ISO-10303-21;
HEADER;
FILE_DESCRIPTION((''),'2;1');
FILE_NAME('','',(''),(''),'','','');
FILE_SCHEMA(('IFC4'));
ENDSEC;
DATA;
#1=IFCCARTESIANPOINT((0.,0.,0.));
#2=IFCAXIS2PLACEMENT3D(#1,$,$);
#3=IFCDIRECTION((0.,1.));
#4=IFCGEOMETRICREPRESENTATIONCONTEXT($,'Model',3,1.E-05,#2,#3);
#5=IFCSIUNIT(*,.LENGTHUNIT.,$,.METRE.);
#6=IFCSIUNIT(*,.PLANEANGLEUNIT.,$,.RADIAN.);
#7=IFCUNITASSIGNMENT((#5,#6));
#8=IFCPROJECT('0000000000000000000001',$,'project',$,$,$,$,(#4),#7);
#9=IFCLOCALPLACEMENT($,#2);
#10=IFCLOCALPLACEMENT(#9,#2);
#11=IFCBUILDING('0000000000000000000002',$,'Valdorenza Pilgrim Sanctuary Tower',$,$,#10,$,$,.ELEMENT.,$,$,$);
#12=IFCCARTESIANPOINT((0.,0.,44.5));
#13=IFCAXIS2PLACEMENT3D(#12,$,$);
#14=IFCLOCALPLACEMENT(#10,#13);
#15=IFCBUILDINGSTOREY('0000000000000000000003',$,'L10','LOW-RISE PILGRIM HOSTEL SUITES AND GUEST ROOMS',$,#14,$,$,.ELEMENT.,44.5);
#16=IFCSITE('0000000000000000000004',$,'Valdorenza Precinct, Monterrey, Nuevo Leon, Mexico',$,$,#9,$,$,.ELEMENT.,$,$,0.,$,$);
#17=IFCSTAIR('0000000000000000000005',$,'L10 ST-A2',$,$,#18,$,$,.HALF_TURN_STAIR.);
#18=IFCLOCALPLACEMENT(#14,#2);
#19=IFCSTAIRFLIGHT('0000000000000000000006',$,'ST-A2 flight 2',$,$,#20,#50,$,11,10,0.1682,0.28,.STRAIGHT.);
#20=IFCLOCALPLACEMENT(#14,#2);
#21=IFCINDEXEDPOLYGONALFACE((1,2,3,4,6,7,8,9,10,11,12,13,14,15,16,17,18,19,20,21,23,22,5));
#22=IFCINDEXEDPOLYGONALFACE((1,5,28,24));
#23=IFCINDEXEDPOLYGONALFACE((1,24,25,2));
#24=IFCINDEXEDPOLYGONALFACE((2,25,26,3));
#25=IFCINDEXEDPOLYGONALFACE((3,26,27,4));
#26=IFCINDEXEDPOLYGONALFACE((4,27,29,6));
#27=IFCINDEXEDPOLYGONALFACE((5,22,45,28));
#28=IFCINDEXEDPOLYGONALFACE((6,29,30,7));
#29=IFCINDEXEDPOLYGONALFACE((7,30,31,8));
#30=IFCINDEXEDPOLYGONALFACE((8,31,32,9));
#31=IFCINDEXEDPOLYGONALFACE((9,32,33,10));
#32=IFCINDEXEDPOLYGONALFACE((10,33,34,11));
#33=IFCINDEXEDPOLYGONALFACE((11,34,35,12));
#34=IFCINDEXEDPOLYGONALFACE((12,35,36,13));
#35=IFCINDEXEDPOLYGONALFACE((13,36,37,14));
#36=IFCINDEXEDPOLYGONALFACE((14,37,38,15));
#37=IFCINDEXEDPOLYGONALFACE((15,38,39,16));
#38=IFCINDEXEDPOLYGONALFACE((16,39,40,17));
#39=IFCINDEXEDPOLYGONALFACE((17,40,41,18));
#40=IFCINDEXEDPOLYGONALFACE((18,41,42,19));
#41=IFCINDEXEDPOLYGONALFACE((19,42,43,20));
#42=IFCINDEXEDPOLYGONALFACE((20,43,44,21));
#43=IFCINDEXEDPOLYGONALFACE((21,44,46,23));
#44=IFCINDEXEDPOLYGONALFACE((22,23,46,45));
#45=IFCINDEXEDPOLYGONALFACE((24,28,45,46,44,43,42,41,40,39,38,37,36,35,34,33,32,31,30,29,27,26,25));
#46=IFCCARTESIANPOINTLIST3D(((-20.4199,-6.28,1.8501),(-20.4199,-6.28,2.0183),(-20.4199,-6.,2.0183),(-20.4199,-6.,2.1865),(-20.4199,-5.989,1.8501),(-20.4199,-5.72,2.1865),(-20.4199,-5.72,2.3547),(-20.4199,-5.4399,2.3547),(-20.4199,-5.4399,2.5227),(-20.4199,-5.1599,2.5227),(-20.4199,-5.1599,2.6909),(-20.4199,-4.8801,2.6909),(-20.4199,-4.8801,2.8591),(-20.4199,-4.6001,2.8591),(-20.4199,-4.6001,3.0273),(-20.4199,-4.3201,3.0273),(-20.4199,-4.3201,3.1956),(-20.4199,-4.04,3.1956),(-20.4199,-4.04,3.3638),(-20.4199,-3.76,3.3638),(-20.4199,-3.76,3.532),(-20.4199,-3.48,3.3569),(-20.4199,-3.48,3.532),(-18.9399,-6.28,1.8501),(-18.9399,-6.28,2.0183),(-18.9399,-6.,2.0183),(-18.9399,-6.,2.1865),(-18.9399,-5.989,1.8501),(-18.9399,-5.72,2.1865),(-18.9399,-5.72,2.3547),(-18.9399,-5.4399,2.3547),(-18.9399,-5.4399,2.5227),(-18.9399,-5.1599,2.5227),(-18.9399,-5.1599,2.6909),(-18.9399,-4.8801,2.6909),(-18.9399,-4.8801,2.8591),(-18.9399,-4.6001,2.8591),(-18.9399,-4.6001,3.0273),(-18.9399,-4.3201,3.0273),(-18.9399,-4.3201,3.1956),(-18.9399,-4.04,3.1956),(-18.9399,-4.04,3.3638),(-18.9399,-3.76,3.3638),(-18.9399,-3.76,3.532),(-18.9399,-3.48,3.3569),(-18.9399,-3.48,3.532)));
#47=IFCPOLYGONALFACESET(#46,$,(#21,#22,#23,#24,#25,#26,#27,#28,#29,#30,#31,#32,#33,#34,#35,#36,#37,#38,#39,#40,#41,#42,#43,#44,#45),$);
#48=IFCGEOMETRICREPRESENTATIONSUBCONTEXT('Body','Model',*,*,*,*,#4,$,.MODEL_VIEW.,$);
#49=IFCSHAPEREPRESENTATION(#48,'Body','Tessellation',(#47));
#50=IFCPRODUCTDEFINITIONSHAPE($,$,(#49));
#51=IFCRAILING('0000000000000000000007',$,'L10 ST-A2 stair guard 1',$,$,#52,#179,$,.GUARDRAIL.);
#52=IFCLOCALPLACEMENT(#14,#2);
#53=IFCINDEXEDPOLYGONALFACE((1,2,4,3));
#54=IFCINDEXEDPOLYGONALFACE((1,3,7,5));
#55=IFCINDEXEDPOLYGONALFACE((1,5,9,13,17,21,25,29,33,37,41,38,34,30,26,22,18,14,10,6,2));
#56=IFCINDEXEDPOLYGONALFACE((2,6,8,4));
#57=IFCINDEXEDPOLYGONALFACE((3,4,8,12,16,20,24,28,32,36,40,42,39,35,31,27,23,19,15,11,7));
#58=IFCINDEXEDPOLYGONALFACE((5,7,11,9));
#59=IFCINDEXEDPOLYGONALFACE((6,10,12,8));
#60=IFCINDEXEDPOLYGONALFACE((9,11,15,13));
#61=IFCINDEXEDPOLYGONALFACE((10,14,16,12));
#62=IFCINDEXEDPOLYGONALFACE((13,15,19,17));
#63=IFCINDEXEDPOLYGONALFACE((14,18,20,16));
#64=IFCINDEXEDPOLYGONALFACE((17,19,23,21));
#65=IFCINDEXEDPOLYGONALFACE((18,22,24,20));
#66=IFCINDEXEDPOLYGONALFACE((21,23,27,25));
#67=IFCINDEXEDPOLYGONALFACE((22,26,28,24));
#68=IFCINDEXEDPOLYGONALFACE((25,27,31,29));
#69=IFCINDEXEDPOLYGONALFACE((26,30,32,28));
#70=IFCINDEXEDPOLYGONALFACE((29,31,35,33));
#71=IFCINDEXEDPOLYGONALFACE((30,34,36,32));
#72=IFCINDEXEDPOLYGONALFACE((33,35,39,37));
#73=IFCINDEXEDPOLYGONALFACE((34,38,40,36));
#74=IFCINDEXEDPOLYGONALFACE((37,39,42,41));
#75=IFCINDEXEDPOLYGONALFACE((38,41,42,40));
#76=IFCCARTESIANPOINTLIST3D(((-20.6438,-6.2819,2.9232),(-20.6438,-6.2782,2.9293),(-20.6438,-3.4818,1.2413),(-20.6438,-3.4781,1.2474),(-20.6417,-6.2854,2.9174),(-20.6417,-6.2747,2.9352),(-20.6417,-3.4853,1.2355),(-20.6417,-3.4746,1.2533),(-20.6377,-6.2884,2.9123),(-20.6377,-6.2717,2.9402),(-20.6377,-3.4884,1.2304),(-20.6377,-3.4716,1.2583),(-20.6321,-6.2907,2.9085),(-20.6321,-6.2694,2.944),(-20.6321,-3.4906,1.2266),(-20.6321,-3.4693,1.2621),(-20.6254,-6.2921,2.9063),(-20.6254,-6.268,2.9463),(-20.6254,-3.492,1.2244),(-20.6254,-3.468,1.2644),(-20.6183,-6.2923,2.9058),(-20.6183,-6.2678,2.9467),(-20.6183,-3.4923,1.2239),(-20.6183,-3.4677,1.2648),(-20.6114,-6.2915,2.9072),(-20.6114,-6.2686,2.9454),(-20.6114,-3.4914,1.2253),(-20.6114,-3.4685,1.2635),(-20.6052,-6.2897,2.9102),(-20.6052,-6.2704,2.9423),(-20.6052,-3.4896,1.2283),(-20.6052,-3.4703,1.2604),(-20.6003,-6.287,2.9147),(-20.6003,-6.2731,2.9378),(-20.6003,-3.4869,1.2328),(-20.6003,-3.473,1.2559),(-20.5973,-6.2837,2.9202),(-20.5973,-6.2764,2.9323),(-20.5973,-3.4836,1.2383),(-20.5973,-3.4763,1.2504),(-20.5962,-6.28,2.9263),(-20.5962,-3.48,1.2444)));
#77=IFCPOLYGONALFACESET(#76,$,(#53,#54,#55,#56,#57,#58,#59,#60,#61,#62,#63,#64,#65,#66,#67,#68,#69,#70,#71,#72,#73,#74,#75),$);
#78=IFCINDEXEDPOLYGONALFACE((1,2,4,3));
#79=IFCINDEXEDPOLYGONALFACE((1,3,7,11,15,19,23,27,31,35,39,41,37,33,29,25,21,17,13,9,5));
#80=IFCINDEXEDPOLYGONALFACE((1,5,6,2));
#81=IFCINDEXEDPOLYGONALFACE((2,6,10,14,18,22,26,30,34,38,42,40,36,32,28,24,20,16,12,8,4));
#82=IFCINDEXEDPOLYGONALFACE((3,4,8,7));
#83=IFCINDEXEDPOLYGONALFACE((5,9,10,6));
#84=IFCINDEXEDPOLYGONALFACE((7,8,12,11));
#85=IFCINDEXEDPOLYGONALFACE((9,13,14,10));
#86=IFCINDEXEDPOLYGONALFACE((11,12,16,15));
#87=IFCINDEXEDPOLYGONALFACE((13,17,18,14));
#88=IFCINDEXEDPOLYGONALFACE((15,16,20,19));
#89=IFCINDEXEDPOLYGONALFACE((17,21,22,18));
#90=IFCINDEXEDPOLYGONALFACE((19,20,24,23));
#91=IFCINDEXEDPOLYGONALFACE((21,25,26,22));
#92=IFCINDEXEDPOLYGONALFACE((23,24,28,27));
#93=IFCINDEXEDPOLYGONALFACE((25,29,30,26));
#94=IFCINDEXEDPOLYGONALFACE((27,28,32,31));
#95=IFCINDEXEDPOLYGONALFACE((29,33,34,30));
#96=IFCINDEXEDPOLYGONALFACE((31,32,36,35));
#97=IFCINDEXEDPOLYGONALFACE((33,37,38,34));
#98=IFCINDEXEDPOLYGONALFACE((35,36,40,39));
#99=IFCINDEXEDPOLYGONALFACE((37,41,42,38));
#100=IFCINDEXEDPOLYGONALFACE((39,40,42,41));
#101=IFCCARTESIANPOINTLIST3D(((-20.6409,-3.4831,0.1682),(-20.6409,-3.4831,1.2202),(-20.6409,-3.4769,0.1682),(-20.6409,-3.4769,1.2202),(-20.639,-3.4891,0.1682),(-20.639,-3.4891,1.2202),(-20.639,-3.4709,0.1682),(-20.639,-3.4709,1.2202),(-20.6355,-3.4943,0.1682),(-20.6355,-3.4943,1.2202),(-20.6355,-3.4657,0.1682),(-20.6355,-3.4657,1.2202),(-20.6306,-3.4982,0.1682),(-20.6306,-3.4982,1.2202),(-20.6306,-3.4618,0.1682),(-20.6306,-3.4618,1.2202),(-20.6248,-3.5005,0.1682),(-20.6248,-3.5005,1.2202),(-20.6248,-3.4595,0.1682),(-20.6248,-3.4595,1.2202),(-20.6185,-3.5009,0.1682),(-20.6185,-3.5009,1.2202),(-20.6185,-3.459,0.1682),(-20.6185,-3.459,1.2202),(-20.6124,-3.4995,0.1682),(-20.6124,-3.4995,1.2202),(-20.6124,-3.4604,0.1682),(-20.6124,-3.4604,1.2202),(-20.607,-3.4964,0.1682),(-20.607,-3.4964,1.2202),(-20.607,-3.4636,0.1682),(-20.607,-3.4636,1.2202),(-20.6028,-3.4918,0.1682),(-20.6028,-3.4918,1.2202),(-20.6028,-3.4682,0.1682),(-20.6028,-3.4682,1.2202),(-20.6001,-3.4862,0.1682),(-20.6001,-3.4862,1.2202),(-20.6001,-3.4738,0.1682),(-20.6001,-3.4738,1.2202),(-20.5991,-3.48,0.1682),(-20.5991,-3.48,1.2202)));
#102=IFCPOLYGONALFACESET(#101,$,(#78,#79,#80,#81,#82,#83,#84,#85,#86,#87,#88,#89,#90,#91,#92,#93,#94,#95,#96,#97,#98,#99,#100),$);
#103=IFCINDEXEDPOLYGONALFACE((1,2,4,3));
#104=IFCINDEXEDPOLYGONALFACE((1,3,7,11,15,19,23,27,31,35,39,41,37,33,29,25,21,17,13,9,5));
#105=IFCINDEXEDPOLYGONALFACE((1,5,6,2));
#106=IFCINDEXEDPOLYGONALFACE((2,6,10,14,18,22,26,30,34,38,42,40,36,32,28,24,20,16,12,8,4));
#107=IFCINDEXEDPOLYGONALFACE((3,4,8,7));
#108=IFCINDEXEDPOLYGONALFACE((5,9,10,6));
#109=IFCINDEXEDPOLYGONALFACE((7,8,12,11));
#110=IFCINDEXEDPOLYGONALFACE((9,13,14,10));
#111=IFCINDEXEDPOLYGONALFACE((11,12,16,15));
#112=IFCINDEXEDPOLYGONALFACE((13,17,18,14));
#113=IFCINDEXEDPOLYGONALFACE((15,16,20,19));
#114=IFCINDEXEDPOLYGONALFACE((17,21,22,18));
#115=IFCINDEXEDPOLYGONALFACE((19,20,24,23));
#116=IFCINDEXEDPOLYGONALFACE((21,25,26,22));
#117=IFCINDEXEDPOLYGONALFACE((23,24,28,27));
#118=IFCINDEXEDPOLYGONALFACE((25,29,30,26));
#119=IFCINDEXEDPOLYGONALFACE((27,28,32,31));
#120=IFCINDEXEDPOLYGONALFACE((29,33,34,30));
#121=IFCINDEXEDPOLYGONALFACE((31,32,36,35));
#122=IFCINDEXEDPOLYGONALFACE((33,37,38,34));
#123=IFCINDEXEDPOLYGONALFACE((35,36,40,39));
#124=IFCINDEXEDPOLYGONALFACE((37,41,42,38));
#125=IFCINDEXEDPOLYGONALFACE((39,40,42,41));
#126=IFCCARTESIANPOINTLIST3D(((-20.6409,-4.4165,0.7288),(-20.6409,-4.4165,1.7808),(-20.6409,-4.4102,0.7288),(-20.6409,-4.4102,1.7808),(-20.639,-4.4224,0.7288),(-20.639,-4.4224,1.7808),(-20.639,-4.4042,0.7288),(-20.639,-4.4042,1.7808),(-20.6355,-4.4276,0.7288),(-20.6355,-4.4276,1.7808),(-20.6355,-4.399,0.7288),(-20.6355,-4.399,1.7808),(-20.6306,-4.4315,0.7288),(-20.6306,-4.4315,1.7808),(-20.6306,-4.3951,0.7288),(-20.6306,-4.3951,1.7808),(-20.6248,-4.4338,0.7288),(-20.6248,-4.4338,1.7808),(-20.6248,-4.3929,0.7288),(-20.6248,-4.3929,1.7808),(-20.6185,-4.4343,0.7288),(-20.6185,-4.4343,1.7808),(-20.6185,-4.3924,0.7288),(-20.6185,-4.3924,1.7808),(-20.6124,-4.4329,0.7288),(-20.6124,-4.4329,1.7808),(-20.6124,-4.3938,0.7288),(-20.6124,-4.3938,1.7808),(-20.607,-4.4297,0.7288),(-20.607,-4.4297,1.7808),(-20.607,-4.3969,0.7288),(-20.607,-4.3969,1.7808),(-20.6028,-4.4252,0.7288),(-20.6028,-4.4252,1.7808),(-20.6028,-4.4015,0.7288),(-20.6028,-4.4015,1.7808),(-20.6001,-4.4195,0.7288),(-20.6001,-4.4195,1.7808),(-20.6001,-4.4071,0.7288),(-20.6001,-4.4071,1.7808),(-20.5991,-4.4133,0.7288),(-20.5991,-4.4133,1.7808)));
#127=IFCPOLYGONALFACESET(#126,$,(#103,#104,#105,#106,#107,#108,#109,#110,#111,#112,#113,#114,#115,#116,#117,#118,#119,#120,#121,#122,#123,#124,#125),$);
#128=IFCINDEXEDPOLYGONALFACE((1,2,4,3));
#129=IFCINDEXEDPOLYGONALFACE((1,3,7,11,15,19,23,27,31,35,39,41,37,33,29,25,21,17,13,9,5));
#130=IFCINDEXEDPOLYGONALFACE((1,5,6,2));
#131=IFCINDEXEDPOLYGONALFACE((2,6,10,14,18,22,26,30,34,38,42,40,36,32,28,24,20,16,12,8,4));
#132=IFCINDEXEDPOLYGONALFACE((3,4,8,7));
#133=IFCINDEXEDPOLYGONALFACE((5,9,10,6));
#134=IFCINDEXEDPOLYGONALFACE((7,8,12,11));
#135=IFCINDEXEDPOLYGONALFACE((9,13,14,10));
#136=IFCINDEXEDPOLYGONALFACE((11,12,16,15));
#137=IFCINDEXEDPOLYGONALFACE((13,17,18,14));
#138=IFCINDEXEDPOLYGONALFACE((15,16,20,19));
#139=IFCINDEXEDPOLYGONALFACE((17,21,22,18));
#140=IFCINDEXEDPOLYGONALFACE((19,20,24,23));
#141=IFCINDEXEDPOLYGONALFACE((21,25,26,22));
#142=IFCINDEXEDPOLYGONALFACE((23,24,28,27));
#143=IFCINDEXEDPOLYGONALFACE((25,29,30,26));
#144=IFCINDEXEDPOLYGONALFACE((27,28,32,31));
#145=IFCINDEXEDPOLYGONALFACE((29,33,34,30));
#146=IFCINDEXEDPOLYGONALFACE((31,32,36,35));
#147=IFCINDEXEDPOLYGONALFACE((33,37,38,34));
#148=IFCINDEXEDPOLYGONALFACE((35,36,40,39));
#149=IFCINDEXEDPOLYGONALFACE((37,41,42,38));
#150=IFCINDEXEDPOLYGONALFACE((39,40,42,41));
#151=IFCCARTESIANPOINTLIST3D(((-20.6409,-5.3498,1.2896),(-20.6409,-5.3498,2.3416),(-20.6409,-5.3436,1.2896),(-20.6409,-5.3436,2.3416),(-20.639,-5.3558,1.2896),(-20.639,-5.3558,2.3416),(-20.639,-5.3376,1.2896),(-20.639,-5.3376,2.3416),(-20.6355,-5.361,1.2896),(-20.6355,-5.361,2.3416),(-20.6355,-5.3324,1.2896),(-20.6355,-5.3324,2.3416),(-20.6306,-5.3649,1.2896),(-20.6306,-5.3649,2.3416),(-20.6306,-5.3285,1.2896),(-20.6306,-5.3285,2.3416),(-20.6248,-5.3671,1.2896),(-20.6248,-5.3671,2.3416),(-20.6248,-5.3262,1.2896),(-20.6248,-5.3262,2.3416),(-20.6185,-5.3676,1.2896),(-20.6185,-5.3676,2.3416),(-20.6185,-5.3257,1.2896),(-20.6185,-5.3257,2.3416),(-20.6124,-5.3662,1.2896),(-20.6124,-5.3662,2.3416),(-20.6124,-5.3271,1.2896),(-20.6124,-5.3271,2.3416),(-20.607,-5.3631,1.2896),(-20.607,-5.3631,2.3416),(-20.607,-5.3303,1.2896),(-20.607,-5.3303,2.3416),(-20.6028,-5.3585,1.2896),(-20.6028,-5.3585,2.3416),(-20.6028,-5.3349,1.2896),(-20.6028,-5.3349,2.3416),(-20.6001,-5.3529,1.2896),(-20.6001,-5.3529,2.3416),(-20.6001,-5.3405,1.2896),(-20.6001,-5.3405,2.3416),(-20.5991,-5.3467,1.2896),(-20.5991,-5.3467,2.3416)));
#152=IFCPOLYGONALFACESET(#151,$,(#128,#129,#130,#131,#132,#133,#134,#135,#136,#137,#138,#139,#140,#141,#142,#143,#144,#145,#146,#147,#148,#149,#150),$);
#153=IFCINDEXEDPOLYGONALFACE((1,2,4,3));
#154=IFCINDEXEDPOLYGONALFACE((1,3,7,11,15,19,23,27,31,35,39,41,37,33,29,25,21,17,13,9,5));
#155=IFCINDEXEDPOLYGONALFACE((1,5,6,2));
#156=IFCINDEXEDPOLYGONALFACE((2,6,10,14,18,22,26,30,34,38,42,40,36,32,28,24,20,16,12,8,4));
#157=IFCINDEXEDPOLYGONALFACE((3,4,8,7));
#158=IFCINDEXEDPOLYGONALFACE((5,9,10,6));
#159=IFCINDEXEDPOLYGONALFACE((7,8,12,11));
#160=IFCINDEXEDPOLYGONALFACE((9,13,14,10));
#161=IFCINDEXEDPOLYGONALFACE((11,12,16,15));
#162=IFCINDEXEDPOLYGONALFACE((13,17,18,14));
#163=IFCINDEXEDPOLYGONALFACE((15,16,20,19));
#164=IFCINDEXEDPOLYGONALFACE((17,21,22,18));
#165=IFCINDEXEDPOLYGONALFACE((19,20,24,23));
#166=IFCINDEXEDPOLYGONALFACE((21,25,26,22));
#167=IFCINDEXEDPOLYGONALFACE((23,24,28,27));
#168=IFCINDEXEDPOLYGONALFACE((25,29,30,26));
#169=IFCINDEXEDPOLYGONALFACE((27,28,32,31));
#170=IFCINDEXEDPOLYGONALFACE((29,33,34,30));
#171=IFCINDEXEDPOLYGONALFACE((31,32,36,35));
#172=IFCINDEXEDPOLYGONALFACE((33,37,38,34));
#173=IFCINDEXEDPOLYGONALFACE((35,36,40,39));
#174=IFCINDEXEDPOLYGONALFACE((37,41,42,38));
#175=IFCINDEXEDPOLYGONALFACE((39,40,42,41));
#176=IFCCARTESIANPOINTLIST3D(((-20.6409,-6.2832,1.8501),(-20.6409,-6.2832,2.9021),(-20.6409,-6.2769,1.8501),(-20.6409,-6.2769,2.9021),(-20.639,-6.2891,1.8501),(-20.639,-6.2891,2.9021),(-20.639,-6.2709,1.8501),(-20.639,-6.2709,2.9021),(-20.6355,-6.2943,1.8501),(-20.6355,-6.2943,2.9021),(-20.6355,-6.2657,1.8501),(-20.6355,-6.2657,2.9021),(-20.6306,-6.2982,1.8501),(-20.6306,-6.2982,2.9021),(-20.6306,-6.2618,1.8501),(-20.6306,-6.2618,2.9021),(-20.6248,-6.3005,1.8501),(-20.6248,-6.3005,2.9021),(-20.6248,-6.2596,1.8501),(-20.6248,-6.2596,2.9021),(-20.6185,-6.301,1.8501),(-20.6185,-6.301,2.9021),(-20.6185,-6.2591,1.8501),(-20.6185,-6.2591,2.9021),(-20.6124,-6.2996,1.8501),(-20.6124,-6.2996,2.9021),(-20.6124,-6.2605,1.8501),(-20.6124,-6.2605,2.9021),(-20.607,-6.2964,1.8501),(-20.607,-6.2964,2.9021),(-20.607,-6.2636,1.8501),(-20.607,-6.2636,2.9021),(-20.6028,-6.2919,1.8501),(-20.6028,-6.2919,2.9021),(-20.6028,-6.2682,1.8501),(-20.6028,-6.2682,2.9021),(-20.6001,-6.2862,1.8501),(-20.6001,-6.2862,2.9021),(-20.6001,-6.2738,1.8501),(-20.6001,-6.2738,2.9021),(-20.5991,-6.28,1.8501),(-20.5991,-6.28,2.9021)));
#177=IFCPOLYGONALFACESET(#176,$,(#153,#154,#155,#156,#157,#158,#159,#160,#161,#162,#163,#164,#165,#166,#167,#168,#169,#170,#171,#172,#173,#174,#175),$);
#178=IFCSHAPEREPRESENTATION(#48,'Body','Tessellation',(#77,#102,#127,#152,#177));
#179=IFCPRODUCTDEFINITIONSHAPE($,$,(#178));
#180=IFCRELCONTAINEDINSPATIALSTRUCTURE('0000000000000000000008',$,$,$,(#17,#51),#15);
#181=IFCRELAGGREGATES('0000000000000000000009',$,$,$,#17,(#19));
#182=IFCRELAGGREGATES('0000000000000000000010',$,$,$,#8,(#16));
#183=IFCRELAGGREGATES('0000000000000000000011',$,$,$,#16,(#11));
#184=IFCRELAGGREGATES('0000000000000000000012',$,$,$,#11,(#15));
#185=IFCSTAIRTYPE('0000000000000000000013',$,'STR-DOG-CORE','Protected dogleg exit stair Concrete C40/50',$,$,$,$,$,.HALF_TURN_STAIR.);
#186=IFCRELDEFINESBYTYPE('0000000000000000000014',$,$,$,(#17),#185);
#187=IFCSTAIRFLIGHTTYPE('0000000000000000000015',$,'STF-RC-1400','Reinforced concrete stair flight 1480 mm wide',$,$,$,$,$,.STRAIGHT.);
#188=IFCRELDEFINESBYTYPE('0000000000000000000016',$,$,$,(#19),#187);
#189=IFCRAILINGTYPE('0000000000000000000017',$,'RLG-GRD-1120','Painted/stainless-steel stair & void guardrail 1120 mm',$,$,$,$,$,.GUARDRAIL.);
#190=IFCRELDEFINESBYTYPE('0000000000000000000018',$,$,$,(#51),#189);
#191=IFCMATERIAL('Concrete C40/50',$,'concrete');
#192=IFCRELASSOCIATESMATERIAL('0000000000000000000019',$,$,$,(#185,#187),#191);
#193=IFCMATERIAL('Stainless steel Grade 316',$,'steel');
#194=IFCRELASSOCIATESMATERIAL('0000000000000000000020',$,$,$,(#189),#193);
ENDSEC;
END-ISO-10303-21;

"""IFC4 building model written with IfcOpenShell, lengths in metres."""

from ifc_helpers import new_model, si_unit, direction, frame, origin, origin_2d, place, context, subcontext, project, spatial, polyline, circle, outline, extrude, material, type_object, element, aggregate, save


model = new_model("IFC4")

# Units and contexts
model_context = context("Model", 3, precision=1e-05, world=origin(), true_north=direction((0.0, 1.0)))
body_context = subcontext(model_context, "Body", "Model", "MODEL_VIEW")
ifc_project = project(units=[si_unit("LENGTHUNIT", "METRE"), si_unit("PLANEANGLEUNIT", "RADIAN")], contexts=[model_context])

# Site, building, storey
site_placement = place(None, origin())
site = spatial("IfcSite", under=ifc_project, at=site_placement, Name="Valdorenza Precinct, Monterrey, Nuevo Leon, Mexico", CompositionType="ELEMENT", RefElevation=0.0)
building_placement = place(site_placement, origin())
building = spatial("IfcBuilding", under=site, at=building_placement, Name="Valdorenza Pilgrim Sanctuary Tower", CompositionType="ELEMENT")
storey_placement = place(building_placement, frame((0.0, 0.0, 44.5)))
storey = spatial("IfcBuildingStorey", under=building, at=storey_placement, Name="L10", Description="LOW-RISE PILGRIM HOSTEL SUITES AND GUEST ROOMS", CompositionType="ELEMENT", Elevation=44.5)

# Shared definitions
ifc_material_1 = material(Name="Concrete C40/50", Category="concrete")

# Stair, stair flight
stair_type = type_object("IfcStairType", Name="STR-DOG-CORE", Description="Protected dogleg exit stair Concrete C40/50", PredefinedType="HALF_TURN_STAIR", material=ifc_material_1)
stair_placement = place(storey_placement, origin())
stair = element("IfcStair", 1, at=stair_placement, inside=storey, type_object=stair_type, Name="L10 ST-A2", PredefinedType="HALF_TURN_STAIR")
stair_flight_type = type_object("IfcStairFlightType", Name="STF-RC-1400", Description="Reinforced concrete stair flight 1480 mm wide", PredefinedType="STRAIGHT", material=ifc_material_1)
stair_flight_1_placement = place(storey_placement, frame((-19.6799, -6.28, 1.8501), z_axis=(0.0, 0.0, 1.0), x_axis=(0.0, 1.0, 0.0)))
stair_flight_1 = element("IfcStairFlight", 2, at=stair_flight_1_placement, type_object=stair_flight_type, Name="ST-A2 flight 2", NumberOfRisers=11, NumberOfTreads=10, PredefinedType="STRAIGHT", RiserHeight=0.1682, TreadLength=0.28, context=body_context, shape_type="SweptSolid", body=[
    extrude(outline(polyline([(0.0, 0.0), (0.0, 0.1682), (0.28, 0.1682), (0.28, 0.3364), (0.5601, 0.3364), (0.5601, 0.5046), (0.8401, 0.5046), (0.8401, 0.6726), (1.1201, 0.6726), (1.1201, 0.8408), (1.3999, 0.8408), (1.3999, 1.009), (1.6799, 1.009), (1.6799, 1.1772), (1.96, 1.1772), (1.96, 1.3455), (2.24, 1.3455), (2.24, 1.5137), (2.52, 1.5137), (2.52, 1.6819), (2.8, 1.6819), (2.8, 1.8501), (2.8, 1.5068), (0.291, 0.0), (0.0, 0.0)])), frame((0.0, 0.74, 0.0), z_axis=(0.0, -1.0, 0.0), x_axis=(1.0, 0.0, 0.0)), (0.0, 0.0, 1.0), 1.48),
])
aggregate(stair, [stair_flight_1])

# Railing
ifc_material_2 = material(Name="Stainless steel Grade 316", Category="steel")
railing_type_1 = type_object("IfcRailingType", Name="RLG-GRD-1120", Description="Painted/stainless-steel stair & void guardrail 1120 mm", PredefinedType="GUARDRAIL", material=ifc_material_2)
railing_1_placement = place(storey_placement, frame((-20.6201, -3.48, 0.1682)))
element("IfcRailing", 3, at=railing_1_placement, inside=storey, type_object=railing_type_1, Name="L10 ST-A2 stair guard 1", PredefinedType="GUARDRAIL", context=body_context, shape_type="SweptSolid", body=[
    extrude(circle(Radius=0.0239, at=origin_2d()), frame((0.0, 0.0, 1.0762), z_axis=(0.0, -0.857242, 0.514913), x_axis=(1.0, 0.0, 0.0)), (0.0, 0.0, 1.0), 3.2664),
    extrude(circle(Radius=0.021, at=origin_2d()), origin(), (0.0, 0.0, 1.0), 1.052),
    extrude(circle(Radius=0.021, at=origin_2d()), frame((0.0, -0.9333, 0.5605)), (0.0, 0.0, 1.0), 1.052),
    extrude(circle(Radius=0.021, at=origin_2d()), frame((0.0, -1.8667, 1.1213)), (0.0, 0.0, 1.0), 1.052),
    extrude(circle(Radius=0.021, at=origin_2d()), frame((0.0, -2.8, 1.6819)), (0.0, 0.0, 1.0), 1.052),
])

save(model, "model.ifc")
